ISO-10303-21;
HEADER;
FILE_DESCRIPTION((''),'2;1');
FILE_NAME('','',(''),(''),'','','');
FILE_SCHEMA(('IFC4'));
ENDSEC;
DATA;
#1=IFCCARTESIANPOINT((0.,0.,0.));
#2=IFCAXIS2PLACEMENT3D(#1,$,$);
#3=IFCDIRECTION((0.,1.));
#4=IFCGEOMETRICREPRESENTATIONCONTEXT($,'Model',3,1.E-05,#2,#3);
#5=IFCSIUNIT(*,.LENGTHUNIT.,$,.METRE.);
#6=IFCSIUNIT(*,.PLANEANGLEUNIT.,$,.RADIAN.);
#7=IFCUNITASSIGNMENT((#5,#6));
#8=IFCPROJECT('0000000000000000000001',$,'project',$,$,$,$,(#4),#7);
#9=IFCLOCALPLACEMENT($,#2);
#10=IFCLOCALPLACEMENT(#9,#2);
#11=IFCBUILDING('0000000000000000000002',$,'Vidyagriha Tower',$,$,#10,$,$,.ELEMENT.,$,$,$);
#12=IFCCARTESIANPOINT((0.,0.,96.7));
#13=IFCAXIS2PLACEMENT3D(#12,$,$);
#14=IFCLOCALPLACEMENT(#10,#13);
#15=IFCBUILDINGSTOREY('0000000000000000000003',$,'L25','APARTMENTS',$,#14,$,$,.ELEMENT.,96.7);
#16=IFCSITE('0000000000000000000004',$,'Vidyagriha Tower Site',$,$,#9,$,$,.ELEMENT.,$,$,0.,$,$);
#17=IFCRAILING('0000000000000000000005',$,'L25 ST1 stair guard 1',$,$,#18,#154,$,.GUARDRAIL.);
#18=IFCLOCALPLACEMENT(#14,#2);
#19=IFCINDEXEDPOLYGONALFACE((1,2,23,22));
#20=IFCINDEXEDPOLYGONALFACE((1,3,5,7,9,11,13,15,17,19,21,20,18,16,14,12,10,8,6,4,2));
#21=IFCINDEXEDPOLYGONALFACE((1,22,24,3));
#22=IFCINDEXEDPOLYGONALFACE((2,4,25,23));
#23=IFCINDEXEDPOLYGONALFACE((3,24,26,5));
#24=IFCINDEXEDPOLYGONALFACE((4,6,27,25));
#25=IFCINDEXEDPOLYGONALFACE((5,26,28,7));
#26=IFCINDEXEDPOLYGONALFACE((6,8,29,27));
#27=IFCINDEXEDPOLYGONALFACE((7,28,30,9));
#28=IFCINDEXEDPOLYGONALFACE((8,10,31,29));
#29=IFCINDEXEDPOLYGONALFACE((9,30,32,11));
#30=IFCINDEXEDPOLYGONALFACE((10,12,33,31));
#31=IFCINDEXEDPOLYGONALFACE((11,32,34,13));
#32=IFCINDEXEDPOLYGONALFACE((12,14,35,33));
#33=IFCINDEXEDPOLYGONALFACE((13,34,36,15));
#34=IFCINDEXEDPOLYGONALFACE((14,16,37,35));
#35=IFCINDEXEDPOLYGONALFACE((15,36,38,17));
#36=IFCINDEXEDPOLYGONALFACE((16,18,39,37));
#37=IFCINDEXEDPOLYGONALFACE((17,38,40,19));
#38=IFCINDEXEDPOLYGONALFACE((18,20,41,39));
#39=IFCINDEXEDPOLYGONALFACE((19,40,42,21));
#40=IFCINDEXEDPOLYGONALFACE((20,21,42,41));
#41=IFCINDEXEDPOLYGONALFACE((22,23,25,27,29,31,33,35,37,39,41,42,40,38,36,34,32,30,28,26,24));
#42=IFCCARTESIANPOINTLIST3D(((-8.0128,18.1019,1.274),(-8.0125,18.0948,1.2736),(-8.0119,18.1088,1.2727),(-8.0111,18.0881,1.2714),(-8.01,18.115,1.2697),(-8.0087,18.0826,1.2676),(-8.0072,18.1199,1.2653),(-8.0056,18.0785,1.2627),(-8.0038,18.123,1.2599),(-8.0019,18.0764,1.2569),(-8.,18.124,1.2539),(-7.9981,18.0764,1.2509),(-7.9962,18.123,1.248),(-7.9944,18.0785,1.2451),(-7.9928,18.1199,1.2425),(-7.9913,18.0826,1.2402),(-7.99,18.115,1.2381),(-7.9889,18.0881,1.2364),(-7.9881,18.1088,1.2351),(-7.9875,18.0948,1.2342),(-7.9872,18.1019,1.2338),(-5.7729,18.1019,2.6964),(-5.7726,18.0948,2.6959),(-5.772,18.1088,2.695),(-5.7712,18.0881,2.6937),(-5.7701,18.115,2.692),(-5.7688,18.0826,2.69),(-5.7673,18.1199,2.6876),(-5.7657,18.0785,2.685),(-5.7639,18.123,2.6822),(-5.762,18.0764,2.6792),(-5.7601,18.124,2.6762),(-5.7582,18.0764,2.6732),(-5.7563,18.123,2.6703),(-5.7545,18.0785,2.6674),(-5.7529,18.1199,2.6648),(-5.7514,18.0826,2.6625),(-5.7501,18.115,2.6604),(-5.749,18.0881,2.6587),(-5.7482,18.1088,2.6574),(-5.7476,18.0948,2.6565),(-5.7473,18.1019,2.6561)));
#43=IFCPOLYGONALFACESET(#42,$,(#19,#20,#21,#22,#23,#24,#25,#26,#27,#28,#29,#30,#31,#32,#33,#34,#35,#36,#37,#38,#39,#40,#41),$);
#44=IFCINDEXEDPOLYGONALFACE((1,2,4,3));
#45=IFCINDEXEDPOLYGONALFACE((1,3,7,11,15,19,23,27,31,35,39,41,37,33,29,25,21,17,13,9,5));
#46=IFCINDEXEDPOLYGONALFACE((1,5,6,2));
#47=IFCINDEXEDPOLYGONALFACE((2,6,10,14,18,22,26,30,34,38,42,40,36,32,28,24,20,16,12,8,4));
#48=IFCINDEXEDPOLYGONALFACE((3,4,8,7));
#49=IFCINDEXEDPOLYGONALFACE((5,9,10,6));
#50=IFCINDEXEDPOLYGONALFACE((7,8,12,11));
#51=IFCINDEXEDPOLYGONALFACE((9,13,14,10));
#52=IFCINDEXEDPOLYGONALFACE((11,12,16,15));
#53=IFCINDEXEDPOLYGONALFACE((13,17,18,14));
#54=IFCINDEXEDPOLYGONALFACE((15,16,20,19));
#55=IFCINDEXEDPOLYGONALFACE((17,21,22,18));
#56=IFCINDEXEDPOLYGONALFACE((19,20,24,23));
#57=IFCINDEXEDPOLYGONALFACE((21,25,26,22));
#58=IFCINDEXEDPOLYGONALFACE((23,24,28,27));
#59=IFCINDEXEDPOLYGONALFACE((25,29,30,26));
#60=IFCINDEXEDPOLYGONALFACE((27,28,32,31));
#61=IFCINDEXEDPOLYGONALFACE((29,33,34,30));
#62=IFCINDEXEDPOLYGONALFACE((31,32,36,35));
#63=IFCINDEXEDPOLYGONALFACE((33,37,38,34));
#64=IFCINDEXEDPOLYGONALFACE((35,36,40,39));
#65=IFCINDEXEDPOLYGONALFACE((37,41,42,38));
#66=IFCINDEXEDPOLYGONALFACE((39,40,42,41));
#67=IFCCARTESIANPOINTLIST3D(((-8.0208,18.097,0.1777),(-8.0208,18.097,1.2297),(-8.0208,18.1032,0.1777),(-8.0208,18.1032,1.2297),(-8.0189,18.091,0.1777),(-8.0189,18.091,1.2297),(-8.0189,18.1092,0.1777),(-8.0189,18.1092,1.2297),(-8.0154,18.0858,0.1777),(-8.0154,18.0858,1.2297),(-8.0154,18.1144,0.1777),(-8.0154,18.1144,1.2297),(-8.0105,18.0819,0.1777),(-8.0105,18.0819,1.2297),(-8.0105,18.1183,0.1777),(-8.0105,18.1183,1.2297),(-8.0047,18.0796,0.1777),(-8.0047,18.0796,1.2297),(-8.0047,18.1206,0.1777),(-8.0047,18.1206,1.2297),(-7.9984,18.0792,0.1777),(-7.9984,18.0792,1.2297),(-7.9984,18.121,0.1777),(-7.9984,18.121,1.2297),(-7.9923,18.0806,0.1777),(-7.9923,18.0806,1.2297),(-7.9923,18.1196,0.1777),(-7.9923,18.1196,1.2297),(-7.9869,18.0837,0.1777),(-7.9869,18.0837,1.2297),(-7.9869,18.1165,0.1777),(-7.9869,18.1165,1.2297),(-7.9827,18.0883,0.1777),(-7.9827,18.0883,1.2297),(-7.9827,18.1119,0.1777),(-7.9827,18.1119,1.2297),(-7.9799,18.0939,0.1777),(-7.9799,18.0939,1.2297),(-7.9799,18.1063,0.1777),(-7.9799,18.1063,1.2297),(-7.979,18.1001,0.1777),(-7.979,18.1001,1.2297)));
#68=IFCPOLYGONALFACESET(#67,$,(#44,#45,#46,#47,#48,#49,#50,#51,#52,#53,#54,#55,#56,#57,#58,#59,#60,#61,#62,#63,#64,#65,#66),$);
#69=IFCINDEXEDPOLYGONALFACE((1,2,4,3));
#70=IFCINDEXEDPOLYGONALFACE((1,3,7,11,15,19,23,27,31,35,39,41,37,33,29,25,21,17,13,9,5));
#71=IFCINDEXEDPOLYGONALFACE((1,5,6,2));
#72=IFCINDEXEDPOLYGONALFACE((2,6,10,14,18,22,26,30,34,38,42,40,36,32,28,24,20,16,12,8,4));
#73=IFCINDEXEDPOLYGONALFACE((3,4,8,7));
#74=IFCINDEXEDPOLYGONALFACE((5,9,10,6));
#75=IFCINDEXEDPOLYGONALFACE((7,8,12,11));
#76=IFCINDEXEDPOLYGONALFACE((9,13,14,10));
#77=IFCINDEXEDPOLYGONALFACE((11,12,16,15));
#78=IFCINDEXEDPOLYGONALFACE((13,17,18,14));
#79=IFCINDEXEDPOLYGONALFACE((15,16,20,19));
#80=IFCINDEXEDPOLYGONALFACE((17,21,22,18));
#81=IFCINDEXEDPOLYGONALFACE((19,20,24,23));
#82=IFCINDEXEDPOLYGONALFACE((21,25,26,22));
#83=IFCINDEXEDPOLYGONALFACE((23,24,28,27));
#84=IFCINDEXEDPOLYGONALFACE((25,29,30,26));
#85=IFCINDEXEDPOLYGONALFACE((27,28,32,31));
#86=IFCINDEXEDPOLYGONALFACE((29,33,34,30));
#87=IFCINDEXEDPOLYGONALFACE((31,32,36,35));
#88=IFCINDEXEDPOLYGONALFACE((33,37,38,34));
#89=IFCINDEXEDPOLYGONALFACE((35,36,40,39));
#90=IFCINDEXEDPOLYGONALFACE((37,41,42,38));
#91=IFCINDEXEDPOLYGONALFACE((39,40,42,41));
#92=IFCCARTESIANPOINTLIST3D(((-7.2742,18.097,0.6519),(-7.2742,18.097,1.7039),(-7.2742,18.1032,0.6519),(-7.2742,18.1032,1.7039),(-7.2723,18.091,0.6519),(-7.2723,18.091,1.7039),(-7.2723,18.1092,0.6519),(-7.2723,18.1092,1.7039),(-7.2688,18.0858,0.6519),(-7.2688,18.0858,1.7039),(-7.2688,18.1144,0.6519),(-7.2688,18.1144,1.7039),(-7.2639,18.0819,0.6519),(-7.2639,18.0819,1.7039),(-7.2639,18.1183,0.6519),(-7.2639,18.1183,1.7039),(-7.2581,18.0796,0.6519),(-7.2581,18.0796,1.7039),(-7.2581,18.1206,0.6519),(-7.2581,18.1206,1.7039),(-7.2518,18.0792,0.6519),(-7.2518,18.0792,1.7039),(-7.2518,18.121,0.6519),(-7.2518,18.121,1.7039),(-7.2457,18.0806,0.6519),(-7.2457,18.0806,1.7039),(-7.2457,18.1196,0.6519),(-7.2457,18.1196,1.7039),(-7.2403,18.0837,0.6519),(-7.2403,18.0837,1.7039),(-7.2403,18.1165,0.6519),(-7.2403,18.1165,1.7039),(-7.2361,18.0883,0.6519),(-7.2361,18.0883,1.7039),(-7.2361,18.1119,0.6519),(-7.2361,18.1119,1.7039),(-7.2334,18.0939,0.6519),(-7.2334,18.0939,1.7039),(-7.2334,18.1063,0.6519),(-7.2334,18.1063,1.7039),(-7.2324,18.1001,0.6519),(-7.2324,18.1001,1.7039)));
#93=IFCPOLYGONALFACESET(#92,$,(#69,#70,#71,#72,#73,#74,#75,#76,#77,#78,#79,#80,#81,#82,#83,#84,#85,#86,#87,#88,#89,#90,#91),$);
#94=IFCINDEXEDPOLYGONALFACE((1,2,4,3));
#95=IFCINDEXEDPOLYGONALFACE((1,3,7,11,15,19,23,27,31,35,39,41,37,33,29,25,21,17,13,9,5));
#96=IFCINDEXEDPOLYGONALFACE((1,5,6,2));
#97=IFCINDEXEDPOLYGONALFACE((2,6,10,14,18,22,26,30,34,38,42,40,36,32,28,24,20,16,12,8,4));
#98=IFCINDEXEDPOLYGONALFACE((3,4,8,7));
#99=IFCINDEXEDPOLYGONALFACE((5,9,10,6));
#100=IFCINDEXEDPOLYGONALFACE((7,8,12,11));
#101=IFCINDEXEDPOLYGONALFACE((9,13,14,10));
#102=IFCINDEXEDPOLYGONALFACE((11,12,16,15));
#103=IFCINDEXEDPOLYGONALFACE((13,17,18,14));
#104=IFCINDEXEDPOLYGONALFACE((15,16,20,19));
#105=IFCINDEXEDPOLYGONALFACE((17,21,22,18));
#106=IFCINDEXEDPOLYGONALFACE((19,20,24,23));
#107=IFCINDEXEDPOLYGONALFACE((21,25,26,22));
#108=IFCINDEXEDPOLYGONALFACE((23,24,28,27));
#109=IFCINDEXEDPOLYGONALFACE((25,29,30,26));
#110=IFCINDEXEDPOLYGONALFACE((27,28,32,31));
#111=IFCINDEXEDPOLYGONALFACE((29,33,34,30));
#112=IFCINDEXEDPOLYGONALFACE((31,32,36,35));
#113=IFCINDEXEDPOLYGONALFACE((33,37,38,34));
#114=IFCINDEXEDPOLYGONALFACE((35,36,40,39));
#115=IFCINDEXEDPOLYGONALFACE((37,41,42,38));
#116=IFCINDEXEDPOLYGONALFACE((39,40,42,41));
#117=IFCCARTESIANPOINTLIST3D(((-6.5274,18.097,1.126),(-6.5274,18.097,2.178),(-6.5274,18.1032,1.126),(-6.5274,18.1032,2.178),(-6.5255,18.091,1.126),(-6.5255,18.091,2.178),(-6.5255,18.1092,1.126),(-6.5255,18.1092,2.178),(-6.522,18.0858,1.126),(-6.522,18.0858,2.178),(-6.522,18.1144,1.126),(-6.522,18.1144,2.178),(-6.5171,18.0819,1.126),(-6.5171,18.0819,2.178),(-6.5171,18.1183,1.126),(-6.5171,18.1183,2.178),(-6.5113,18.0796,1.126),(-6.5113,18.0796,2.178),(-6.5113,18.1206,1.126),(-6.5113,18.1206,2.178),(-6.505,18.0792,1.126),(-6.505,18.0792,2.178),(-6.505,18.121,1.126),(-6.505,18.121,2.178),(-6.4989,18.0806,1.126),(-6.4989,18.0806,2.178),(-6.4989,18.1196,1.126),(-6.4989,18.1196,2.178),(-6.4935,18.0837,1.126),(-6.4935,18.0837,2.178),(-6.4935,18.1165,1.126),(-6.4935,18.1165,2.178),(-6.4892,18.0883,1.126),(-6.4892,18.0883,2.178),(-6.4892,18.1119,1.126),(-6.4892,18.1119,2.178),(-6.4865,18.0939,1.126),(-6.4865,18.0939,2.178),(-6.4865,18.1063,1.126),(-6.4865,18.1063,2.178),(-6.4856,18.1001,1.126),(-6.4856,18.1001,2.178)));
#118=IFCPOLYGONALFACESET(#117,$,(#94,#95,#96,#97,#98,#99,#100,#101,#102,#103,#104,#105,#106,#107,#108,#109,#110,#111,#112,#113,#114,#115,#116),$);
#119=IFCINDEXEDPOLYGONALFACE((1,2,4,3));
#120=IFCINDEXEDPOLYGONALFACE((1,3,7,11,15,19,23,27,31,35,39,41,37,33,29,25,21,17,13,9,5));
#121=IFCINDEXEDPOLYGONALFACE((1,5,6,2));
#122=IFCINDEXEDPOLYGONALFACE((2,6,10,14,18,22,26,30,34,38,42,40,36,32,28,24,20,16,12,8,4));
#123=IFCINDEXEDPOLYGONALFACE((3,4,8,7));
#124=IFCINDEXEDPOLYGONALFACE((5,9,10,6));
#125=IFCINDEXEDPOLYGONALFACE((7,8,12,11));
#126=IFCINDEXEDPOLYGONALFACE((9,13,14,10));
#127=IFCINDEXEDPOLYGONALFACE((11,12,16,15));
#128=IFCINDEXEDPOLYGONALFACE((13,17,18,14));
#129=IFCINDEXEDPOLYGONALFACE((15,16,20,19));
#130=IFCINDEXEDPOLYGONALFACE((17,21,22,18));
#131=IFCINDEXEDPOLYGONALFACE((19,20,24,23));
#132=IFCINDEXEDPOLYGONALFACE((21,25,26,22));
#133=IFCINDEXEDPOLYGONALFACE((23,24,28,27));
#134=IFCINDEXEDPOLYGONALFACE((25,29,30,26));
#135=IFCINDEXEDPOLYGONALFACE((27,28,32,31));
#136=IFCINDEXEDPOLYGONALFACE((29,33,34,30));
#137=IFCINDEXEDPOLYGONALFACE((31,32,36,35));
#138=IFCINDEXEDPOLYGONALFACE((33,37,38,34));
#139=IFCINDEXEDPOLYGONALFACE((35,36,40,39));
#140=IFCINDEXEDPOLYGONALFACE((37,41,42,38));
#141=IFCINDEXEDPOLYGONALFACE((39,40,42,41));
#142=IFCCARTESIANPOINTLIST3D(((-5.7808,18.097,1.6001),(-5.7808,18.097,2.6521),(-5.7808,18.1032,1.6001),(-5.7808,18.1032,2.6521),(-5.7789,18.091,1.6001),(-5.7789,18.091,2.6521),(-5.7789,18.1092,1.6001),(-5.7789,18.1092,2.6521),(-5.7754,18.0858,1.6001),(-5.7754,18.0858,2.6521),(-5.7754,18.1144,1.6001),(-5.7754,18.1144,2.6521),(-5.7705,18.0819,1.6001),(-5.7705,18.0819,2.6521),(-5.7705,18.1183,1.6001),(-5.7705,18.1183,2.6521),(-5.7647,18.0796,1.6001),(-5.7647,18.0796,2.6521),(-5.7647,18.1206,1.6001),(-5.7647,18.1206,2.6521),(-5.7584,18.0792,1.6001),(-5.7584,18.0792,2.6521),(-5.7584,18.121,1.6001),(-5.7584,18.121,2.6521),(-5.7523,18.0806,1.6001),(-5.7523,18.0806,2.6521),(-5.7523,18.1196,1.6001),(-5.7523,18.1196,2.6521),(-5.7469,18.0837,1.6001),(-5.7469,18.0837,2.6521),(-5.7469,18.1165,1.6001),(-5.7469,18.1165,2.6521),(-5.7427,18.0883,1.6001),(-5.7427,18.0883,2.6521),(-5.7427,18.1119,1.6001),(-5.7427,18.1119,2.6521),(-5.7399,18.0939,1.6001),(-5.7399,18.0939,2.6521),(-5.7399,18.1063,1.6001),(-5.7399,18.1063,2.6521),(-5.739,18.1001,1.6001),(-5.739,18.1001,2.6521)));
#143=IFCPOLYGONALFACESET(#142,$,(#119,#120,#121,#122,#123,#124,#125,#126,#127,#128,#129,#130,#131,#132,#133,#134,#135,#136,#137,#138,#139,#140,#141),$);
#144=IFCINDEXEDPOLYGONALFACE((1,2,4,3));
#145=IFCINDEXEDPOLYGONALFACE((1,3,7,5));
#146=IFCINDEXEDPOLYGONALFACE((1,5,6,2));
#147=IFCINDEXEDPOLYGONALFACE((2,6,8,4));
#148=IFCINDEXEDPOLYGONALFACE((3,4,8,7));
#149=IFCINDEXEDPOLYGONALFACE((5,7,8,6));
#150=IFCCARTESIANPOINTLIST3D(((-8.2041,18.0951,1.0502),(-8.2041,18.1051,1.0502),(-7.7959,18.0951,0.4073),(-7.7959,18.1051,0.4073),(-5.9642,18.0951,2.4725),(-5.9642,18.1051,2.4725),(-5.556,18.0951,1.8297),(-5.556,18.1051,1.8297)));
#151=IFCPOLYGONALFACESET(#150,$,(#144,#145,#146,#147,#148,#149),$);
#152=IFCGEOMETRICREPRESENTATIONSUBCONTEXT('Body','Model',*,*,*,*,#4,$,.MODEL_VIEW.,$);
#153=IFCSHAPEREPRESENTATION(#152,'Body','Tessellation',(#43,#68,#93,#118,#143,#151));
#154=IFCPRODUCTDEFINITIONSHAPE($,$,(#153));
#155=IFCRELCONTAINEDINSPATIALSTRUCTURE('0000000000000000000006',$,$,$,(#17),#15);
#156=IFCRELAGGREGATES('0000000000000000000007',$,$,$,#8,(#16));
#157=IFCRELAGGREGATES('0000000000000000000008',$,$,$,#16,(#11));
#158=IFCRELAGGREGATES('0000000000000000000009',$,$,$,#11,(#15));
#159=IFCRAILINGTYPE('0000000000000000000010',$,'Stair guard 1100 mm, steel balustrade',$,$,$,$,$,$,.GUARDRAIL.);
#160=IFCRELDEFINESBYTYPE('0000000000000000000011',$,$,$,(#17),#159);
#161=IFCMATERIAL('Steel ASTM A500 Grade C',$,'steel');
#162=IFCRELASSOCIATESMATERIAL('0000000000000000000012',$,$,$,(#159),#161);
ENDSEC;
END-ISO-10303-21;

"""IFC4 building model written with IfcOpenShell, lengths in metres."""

from ifc_helpers import new_model, si_unit, direction, frame, origin, origin_2d, place, context, subcontext, project, spatial, rectangle, circle, extrude, material, type_object, element, save


model = new_model("IFC4")

# Units and contexts
model_context = context("Model", 3, precision=1e-05, world=origin(), true_north=direction((0.0, 1.0)))
body_context = subcontext(model_context, "Body", "Model", "MODEL_VIEW")
ifc_project = project(units=[si_unit("LENGTHUNIT", "METRE"), si_unit("PLANEANGLEUNIT", "RADIAN")], contexts=[model_context])

# Site, building, storey
site_placement = place(None, origin())
site = spatial("IfcSite", under=ifc_project, at=site_placement, Name="Vidyagriha Tower Site", CompositionType="ELEMENT", RefElevation=0.0)
building_placement = place(site_placement, origin())
building = spatial("IfcBuilding", under=site, at=building_placement, Name="Vidyagriha Tower", CompositionType="ELEMENT")
storey_placement = place(building_placement, frame((0.0, 0.0, 96.7)))
storey = spatial("IfcBuildingStorey", under=building, at=storey_placement, Name="L25", Description="APARTMENTS", CompositionType="ELEMENT", Elevation=96.7)

# Railing
ifc_material_1 = material(Name="Steel ASTM A500 Grade C", Category="steel")
railing_type_1 = type_object("IfcRailingType", Name="Stair guard 1100 mm, steel balustrade", PredefinedType="GUARDRAIL", material=ifc_material_1)
railing_1_placement = place(storey_placement, frame((-8.0, 18.1001, 0.1777)))
element("IfcRailing", 1, at=railing_1_placement, inside=storey, type_object=railing_type_1, Name="L25 ST1 stair guard 1", PredefinedType="GUARDRAIL", context=body_context, shape_type="SweptSolid", body=[
    extrude(circle(Radius=0.0239, at=origin_2d()), frame((0.0, 0.0, 1.0762), z_axis=(0.844188, 0.0, 0.536048), x_axis=(0.0, 1.0, 0.0)), (0.0, 0.0, 1.0), 2.6533),
    extrude(circle(Radius=0.021, at=origin_2d()), origin(), (0.0, 0.0, 1.0), 1.052),
    extrude(circle(Radius=0.021, at=origin_2d()), frame((0.7466, 0.0, 0.4741)), (0.0, 0.0, 1.0), 1.052),
    extrude(circle(Radius=0.021, at=origin_2d()), frame((1.4934, 0.0, 0.9482)), (0.0, 0.0, 1.0), 1.052),
    extrude(circle(Radius=0.021, at=origin_2d()), frame((2.24, 0.0, 1.4224)), (0.0, 0.0, 1.0), 1.052),
    extrude(rectangle(XDim=0.01, YDim=0.7615, at=origin_2d()), frame((0.0, 0.0, 0.551), z_axis=(0.844188, 0.0, 0.536048), x_axis=(0.0, 1.0, 0.0)), (0.0, 0.0, 1.0), 2.6533),
])

save(model, "model.ifc")
